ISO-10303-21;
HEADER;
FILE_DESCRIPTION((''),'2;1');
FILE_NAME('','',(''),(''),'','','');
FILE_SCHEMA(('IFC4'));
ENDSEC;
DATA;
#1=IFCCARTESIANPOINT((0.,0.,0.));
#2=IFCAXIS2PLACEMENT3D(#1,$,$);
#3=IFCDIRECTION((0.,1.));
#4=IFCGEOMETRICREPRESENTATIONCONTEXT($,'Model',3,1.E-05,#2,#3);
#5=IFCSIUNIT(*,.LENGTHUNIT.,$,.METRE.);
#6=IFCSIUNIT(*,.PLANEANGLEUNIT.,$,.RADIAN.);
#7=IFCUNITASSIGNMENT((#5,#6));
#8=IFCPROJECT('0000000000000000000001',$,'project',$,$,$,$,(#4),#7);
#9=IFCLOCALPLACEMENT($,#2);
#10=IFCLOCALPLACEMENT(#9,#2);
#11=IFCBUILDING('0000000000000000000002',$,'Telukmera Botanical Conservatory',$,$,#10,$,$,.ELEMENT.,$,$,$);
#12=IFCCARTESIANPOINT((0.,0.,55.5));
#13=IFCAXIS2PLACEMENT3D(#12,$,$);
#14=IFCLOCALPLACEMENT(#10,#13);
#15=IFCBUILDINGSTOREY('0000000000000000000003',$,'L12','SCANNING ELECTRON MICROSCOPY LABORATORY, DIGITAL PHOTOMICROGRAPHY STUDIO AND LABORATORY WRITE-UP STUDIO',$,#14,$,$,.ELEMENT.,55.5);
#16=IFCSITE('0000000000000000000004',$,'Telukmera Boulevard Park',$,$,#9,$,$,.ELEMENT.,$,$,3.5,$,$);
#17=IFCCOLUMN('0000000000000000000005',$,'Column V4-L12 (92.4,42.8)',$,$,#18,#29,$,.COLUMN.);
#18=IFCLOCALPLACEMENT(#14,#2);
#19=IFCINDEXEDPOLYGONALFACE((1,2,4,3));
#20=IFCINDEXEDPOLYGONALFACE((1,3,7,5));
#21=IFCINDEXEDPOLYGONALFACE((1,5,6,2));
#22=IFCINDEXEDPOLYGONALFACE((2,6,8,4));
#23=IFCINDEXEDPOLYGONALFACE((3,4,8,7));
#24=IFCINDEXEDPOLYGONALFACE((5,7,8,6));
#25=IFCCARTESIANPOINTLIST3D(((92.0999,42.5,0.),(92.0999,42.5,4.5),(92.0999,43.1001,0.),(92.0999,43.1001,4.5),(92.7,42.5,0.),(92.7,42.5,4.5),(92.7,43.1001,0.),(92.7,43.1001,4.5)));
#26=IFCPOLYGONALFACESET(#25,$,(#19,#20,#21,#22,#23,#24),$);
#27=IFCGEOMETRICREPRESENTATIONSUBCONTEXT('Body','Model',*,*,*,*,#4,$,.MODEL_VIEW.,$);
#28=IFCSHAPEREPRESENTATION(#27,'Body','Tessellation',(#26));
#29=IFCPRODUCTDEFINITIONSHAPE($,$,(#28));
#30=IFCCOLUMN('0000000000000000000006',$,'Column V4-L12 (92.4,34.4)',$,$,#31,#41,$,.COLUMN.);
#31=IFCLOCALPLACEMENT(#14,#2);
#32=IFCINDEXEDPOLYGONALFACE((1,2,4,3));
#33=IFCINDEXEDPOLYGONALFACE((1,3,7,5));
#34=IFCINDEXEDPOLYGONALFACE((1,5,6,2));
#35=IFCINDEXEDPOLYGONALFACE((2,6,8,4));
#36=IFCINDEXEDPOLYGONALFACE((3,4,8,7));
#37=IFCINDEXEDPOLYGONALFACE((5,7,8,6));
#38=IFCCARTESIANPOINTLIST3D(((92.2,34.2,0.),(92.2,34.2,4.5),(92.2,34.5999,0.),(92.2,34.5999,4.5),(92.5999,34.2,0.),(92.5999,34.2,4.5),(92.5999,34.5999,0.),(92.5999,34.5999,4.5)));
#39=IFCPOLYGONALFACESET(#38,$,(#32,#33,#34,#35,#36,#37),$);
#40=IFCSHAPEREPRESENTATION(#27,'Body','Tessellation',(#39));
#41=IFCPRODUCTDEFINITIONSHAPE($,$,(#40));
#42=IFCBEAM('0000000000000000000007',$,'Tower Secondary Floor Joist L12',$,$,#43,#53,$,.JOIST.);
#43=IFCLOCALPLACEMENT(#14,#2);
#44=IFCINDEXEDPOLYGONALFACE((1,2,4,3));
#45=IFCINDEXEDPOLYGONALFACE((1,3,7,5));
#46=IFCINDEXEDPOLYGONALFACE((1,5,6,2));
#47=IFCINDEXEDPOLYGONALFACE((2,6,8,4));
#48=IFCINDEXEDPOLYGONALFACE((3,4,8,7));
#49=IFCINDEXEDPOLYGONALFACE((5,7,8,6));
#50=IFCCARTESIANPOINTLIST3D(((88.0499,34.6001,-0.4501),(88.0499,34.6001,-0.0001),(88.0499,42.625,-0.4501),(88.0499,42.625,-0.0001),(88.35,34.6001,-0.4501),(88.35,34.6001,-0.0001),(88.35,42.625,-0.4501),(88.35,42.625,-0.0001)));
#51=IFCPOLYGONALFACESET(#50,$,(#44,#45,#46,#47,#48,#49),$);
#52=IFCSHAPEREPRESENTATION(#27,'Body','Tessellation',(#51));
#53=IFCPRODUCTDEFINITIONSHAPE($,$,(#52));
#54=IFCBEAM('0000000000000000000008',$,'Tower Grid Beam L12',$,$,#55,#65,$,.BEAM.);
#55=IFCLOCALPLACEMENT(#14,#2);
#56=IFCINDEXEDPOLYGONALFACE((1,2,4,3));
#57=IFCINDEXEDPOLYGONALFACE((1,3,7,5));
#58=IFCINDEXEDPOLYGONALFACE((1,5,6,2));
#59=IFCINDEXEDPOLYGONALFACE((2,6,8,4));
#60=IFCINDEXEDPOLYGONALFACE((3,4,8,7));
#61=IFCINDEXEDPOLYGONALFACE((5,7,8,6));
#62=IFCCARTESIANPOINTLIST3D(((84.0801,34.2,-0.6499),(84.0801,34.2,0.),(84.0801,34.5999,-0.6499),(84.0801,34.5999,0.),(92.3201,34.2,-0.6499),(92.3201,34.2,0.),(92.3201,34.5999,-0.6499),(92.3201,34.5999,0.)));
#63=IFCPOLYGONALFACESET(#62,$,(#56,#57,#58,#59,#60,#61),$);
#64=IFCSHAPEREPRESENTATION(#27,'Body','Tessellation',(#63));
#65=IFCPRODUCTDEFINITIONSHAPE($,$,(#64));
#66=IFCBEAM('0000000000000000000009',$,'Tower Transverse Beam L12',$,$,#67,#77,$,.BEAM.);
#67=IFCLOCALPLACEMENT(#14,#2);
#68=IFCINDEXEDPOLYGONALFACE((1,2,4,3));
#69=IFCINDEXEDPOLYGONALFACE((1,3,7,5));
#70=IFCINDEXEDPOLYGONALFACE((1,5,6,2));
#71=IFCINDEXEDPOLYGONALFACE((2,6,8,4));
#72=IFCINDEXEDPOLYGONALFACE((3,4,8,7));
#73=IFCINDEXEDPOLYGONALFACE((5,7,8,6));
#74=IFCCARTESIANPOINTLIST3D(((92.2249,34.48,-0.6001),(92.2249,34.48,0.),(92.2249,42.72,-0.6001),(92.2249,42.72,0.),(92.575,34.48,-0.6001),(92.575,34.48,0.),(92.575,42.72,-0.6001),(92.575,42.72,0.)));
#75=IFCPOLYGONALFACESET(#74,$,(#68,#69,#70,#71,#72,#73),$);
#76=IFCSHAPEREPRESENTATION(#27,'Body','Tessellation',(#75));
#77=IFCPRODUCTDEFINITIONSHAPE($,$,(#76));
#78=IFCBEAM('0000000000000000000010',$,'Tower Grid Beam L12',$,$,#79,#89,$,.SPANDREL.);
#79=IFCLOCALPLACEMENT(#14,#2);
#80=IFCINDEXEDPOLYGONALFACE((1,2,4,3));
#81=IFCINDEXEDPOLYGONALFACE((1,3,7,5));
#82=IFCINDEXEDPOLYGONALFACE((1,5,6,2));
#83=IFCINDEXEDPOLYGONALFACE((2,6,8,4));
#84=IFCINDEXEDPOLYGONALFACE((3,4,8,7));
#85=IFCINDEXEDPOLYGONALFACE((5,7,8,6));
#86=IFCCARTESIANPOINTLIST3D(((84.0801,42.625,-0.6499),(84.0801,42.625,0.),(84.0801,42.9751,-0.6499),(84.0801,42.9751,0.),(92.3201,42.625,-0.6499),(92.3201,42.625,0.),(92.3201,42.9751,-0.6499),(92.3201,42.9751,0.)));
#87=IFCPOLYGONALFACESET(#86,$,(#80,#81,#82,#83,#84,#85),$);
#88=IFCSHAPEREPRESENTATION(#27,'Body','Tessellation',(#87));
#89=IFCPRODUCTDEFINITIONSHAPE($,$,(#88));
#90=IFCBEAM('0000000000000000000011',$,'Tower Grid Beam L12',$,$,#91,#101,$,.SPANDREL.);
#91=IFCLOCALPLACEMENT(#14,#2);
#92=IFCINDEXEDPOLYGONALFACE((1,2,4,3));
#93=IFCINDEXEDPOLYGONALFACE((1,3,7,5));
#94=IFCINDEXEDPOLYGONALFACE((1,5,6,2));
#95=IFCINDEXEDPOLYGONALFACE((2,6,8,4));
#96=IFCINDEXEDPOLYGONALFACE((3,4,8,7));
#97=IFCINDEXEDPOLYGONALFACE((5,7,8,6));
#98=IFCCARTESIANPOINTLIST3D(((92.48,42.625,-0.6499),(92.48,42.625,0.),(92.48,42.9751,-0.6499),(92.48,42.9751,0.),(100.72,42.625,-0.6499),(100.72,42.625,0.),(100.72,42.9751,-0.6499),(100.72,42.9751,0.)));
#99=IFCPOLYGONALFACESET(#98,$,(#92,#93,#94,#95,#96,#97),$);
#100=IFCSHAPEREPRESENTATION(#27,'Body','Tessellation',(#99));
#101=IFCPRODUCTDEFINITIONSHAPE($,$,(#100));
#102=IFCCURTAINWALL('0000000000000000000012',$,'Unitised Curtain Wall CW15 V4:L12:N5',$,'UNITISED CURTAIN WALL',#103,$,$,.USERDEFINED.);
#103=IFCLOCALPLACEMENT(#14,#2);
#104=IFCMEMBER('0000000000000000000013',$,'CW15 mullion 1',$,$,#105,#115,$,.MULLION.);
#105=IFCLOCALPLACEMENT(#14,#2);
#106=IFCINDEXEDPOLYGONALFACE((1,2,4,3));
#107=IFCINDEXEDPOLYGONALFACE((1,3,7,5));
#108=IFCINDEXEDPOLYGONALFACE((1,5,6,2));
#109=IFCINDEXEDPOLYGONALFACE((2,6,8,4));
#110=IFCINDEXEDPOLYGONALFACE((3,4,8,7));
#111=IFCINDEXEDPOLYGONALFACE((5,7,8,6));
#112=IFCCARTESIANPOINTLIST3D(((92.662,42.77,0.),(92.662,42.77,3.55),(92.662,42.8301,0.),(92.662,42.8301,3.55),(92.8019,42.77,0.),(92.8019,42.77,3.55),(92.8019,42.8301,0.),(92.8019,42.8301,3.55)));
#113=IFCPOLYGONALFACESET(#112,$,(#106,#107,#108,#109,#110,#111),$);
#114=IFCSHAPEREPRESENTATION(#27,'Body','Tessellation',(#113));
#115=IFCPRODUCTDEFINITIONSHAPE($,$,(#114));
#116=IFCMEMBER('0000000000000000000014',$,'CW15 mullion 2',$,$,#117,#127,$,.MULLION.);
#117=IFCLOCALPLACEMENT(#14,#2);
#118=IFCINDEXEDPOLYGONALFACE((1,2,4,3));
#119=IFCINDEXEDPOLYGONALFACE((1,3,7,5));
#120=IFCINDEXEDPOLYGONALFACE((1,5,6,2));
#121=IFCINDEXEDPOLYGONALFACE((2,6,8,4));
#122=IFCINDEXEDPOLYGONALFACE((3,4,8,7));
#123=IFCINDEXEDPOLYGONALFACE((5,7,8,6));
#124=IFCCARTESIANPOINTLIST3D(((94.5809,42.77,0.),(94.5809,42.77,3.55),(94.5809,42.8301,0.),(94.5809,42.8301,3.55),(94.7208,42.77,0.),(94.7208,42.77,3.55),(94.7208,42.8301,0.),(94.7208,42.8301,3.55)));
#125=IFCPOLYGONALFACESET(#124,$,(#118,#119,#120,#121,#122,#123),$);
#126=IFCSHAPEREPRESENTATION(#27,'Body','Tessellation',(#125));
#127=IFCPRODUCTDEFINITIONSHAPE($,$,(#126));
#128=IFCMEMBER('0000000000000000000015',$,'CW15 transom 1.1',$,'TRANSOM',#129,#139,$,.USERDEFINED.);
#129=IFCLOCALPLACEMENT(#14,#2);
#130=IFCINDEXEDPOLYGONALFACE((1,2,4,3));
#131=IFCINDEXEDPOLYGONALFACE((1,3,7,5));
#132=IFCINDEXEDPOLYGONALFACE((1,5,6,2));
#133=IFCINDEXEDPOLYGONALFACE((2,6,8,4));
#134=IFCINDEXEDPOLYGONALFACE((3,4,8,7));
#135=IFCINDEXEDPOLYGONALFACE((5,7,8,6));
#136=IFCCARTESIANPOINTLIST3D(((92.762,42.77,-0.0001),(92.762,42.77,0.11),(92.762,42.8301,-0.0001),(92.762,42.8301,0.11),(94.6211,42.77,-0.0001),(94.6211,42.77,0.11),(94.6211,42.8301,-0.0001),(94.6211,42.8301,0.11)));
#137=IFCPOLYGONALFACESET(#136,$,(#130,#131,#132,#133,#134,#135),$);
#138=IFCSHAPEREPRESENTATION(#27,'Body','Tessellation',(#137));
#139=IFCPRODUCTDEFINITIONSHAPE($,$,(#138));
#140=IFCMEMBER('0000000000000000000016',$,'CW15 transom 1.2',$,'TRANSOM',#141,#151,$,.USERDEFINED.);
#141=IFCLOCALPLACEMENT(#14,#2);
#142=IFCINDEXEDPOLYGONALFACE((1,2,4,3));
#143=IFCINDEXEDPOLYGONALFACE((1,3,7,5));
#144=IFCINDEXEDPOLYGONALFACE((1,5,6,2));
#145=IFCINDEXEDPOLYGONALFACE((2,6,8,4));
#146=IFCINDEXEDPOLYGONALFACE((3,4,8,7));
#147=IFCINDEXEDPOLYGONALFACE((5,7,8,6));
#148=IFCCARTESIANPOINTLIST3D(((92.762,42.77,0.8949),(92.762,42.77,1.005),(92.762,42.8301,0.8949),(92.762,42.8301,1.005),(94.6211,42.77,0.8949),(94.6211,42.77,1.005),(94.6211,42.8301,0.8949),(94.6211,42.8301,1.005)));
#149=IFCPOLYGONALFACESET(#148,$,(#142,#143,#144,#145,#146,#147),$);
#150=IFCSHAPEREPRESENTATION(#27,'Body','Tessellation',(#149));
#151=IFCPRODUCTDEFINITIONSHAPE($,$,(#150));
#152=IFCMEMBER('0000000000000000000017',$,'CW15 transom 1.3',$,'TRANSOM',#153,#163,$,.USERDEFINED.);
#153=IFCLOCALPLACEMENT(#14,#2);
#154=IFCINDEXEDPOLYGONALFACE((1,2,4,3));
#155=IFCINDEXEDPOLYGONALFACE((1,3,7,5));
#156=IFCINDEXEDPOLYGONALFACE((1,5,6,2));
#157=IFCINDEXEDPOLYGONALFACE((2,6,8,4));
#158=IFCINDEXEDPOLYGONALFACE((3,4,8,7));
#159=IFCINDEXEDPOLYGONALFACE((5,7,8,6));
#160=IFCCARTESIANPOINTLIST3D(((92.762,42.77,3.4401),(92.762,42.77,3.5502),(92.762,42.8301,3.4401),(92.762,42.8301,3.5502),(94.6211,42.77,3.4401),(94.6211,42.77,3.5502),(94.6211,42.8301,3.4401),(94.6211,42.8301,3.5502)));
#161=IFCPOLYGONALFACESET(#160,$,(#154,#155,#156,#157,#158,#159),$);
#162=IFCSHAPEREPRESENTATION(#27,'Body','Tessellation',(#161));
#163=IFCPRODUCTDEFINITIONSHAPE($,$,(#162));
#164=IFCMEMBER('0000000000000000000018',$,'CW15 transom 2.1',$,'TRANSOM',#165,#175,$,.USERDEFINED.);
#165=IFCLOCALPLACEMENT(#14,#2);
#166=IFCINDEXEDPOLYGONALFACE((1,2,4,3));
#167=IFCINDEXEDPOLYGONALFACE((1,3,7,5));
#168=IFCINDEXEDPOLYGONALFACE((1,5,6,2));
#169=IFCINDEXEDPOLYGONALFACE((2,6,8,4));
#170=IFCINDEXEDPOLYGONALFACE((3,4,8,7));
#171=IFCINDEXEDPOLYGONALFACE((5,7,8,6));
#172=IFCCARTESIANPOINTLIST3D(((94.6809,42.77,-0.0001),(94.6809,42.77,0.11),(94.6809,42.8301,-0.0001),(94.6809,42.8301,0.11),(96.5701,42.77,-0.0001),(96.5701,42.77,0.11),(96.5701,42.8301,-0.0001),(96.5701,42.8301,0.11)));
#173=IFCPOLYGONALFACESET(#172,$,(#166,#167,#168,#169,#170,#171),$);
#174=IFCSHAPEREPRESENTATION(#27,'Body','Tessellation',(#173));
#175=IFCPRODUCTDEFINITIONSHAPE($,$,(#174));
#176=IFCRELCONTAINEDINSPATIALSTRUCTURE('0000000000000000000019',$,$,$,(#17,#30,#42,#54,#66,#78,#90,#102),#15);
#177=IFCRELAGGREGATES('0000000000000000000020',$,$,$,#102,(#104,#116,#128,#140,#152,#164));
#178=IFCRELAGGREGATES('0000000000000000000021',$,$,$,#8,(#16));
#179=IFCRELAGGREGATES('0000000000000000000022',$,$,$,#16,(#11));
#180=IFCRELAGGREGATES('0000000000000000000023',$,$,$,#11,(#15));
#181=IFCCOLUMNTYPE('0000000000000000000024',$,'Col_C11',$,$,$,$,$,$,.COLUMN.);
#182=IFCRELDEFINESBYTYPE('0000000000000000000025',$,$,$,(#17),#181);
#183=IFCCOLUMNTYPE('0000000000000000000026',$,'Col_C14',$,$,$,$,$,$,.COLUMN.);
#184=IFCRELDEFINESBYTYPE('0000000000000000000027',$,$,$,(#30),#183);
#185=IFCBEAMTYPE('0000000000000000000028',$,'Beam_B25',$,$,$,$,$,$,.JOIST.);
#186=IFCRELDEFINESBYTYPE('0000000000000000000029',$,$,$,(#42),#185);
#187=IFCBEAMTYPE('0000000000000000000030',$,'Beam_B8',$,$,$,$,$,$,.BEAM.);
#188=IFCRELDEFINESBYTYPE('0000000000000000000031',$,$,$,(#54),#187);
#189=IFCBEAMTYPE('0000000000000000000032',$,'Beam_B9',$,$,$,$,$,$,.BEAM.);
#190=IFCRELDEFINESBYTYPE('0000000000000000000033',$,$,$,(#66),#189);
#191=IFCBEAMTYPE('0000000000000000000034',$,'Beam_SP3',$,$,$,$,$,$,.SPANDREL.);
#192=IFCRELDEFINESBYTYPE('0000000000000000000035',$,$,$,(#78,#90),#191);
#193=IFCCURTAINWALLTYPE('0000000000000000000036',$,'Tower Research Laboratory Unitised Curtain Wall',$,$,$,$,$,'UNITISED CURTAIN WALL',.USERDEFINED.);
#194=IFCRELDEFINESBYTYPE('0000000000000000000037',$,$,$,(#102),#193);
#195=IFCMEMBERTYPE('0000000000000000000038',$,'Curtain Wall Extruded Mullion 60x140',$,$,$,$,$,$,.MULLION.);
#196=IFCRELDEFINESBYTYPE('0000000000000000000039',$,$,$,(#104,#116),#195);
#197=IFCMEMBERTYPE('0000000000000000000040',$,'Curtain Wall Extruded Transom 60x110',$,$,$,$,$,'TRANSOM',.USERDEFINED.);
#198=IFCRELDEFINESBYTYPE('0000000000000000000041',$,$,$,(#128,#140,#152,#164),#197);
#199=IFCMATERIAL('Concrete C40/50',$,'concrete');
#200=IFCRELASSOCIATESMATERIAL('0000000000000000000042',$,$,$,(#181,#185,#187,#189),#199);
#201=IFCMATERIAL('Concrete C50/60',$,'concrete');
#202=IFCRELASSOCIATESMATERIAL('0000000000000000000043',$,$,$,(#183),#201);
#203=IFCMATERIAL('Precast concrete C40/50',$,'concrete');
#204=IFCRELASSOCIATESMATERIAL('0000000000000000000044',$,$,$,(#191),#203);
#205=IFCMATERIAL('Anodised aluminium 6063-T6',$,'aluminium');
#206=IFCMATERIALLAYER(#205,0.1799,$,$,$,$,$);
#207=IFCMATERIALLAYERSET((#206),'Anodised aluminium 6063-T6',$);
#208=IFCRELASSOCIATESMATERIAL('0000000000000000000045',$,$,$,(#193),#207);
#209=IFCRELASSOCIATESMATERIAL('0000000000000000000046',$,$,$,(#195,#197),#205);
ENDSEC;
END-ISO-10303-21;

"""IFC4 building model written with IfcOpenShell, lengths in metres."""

from ifc_helpers import new_model, si_unit, direction, frame, origin, origin_2d, place, context, subcontext, project, spatial, rectangle, extrude, material, layer, layer_set, material_profile, profile_set, type_object, element, aggregate, save


model = new_model("IFC4")

# Units and contexts
model_context = context("Model", 3, precision=1e-05, world=origin(), true_north=direction((0.0, 1.0)))
body_context = subcontext(model_context, "Body", "Model", "MODEL_VIEW")
ifc_project = project(units=[si_unit("LENGTHUNIT", "METRE"), si_unit("PLANEANGLEUNIT", "RADIAN")], contexts=[model_context])

# Site, building, storey
site_placement = place(None, origin())
site = spatial("IfcSite", under=ifc_project, at=site_placement, Name="Telukmera Boulevard Park", CompositionType="ELEMENT", RefElevation=3.5)
building_placement = place(site_placement, origin())
building = spatial("IfcBuilding", under=site, at=building_placement, Name="Telukmera Botanical Conservatory", CompositionType="ELEMENT")
storey_placement = place(building_placement, frame((0.0, 0.0, 55.5)))
storey = spatial("IfcBuildingStorey", under=building, at=storey_placement, Name="L12", Description="SCANNING ELECTRON MICROSCOPY LABORATORY, DIGITAL PHOTOMICROGRAPHY STUDIO AND LABORATORY WRITE-UP STUDIO", CompositionType="ELEMENT", Elevation=55.5)

# Columns
ifc_material_1 = material(Name="Concrete C40/50", Category="concrete")
ifc_material_profile_1 = material_profile(ifc_material_1, rectangle(XDim=0.6001, YDim=0.6001, at=origin_2d()), Name="RC 600x600")
ifc_profile_set_1 = profile_set([ifc_material_profile_1], Name="Concrete C40/50")
column_type_1 = type_object("IfcColumnType", Name="Col_C11", PredefinedType="COLUMN", material=ifc_profile_set_1)
column_1_placement = place(storey_placement, frame((92.3999, 42.8, 0.0), z_axis=(0.0, 0.0, 1.0), x_axis=(1.0, 0.0, 0.0)))
element("IfcColumn", 1, at=column_1_placement, inside=storey, type_object=column_type_1, Name="Column V4-L12 (92.4,42.8)", PredefinedType="COLUMN", context=body_context, shape_type="SweptSolid", body=[
    extrude(rectangle(XDim=0.6001, YDim=0.6001, at=origin_2d()), origin(), (0.0, 0.0, 1.0), 4.5),
])
ifc_material_2 = material(Name="Concrete C50/60", Category="concrete")
ifc_material_profile_2 = material_profile(ifc_material_2, rectangle(XDim=0.3999, YDim=0.3999, at=origin_2d()), Name="RC 400x400")
ifc_profile_set_2 = profile_set([ifc_material_profile_2], Name="Concrete C50/60")
column_type_2 = type_object("IfcColumnType", Name="Col_C14", PredefinedType="COLUMN", material=ifc_profile_set_2)
column_2_placement = place(storey_placement, frame((92.3999, 34.3999, 0.0), z_axis=(0.0, 0.0, 1.0), x_axis=(1.0, 0.0, 0.0)))
element("IfcColumn", 2, at=column_2_placement, inside=storey, type_object=column_type_2, Name="Column V4-L12 (92.4,34.4)", PredefinedType="COLUMN", context=body_context, shape_type="SweptSolid", body=[
    extrude(rectangle(XDim=0.3999, YDim=0.3999, at=origin_2d()), origin(), (0.0, 0.0, 1.0), 4.5),
])

# Beams
ifc_material_profile_3 = material_profile(ifc_material_1, rectangle(XDim=0.3, YDim=0.45, at=origin_2d()), Name="RC 300x450")
ifc_profile_set_3 = profile_set([ifc_material_profile_3], Name="Concrete C40/50")
beam_type_1 = type_object("IfcBeamType", Name="Beam_B25", PredefinedType="JOIST", material=ifc_profile_set_3)
beam_1_placement = place(storey_placement, frame((88.2, 34.6001, -0.2251), z_axis=(0.0, 1.0, 0.0), x_axis=(-1.0, 0.0, 0.0)))
element("IfcBeam", 3, at=beam_1_placement, inside=storey, type_object=beam_type_1, Name="Tower Secondary Floor Joist L12", PredefinedType="JOIST", context=body_context, shape_type="SweptSolid", body=[
    extrude(rectangle(XDim=0.3, YDim=0.45, at=origin_2d()), origin(), (0.0, 0.0, 1.0), 8.0249),
])
ifc_material_profile_4 = material_profile(ifc_material_1, rectangle(XDim=0.3999, YDim=0.6499, at=origin_2d()), Name="RC 400x650")
ifc_profile_set_4 = profile_set([ifc_material_profile_4], Name="Concrete C40/50")
beam_type_2 = type_object("IfcBeamType", Name="Beam_B8", PredefinedType="BEAM", material=ifc_profile_set_4)
beam_2_placement = place(storey_placement, frame((84.0801, 34.3999, -0.325), z_axis=(1.0, 0.0, 0.0), x_axis=(0.0, 1.0, 0.0)))
element("IfcBeam", 4, at=beam_2_placement, inside=storey, type_object=beam_type_2, Name="Tower Grid Beam L12", PredefinedType="BEAM", context=body_context, shape_type="SweptSolid", body=[
    extrude(rectangle(XDim=0.3999, YDim=0.6499, at=origin_2d()), origin(), (0.0, 0.0, 1.0), 8.24),
])
ifc_material_profile_5 = material_profile(ifc_material_1, rectangle(XDim=0.3501, YDim=0.6001, at=origin_2d()), Name="RC 350x600")
ifc_profile_set_5 = profile_set([ifc_material_profile_5], Name="Concrete C40/50")
beam_type_3 = type_object("IfcBeamType", Name="Beam_B9", PredefinedType="BEAM", material=ifc_profile_set_5)
beam_3_placement = place(storey_placement, frame((92.3999, 34.48, -0.3), z_axis=(0.0, 1.0, 0.0), x_axis=(-1.0, 0.0, 0.0)))
element("IfcBeam", 5, at=beam_3_placement, inside=storey, type_object=beam_type_3, Name="Tower Transverse Beam L12", PredefinedType="BEAM", context=body_context, shape_type="SweptSolid", body=[
    extrude(rectangle(XDim=0.3501, YDim=0.6001, at=origin_2d()), origin(), (0.0, 0.0, 1.0), 8.24),
])
ifc_material_3 = material(Name="Precast concrete C40/50", Category="concrete")
ifc_material_profile_6 = material_profile(ifc_material_3, rectangle(XDim=0.3501, YDim=0.6499, at=origin_2d()), Name="PC 350x650")
ifc_profile_set_6 = profile_set([ifc_material_profile_6], Name="Precast concrete C40/50")
beam_type_4 = type_object("IfcBeamType", Name="Beam_SP3", PredefinedType="SPANDREL", material=ifc_profile_set_6)
for number, where, z_axis, x_axis, name in (
    (6, (84.0801, 42.8, -0.325), (1.0, 0.0, 0.0), (0.0, 1.0, 0.0), "Tower Grid Beam L12"),
    (7, (92.48, 42.8, -0.325), (1.0, 0.0, 0.0), (0.0, 1.0, 0.0), "Tower Grid Beam L12"),
):
    element("IfcBeam", number, at=place(storey_placement, frame(where, z_axis=z_axis, x_axis=x_axis)), inside=storey, type_object=beam_type_4, Name=name, PredefinedType="SPANDREL", context=body_context, shape_type="SweptSolid", body=[
        extrude(rectangle(XDim=0.3501, YDim=0.6499, at=origin_2d()), origin(), (0.0, 0.0, 1.0), 8.24),
    ])

# Curtain wall, members
ifc_material_4 = material(Name="Anodised aluminium 6063-T6", Category="aluminium")
ifc_layer_1 = layer(ifc_material_4, 0.1799)
ifc_layer_set_1 = layer_set([ifc_layer_1], Name="Anodised aluminium 6063-T6")
curtain_wall_type = type_object("IfcCurtainWallType", Name="Tower Research Laboratory Unitised Curtain Wall", ElementType="UNITISED CURTAIN WALL", PredefinedType="USERDEFINED", material=ifc_layer_set_1)
curtain_wall_placement = place(storey_placement, origin())
curtain_wall = element("IfcCurtainWall", 8, at=curtain_wall_placement, inside=storey, type_object=curtain_wall_type, Name="Unitised Curtain Wall CW15 V4:L12:N5", ObjectType="UNITISED CURTAIN WALL", PredefinedType="USERDEFINED")
ifc_material_profile_7 = material_profile(ifc_material_4, rectangle(XDim=0.0601, YDim=0.1399, at=origin_2d()), Name="ALU MULL 60x140")
ifc_profile_set_7 = profile_set([ifc_material_profile_7], Name="Anodised aluminium 6063-T6")
member_type_1 = type_object("IfcMemberType", Name="Curtain Wall Extruded Mullion 60x140", PredefinedType="MULLION", material=ifc_profile_set_7)
member_1_placement = place(storey_placement, frame((92.7319, 42.8, 0.0), z_axis=(0.0, 0.0, 1.0), x_axis=(0.0, 1.0, 0.0)))
member_1 = element("IfcMember", 9, at=member_1_placement, type_object=member_type_1, Name="CW15 mullion 1", PredefinedType="MULLION", context=body_context, shape_type="SweptSolid", body=[
    extrude(rectangle(XDim=0.0601, YDim=0.1399, at=origin_2d()), origin(), (0.0, 0.0, 1.0), 3.55),
])
member_2_placement = place(storey_placement, frame((94.6509, 42.8, 0.0), z_axis=(0.0, 0.0, 1.0), x_axis=(0.0, 1.0, 0.0)))
member_2 = element("IfcMember", 10, at=member_2_placement, type_object=member_type_1, Name="CW15 mullion 2", PredefinedType="MULLION", context=body_context, shape_type="SweptSolid", body=[
    extrude(rectangle(XDim=0.0601, YDim=0.1399, at=origin_2d()), origin(), (0.0, 0.0, 1.0), 3.55),
])
ifc_material_profile_8 = material_profile(ifc_material_4, rectangle(XDim=0.0601, YDim=0.1101, at=origin_2d()), Name="ALU TRAN 60x110")
ifc_profile_set_8 = profile_set([ifc_material_profile_8], Name="Anodised aluminium 6063-T6")
member_type_2 = type_object("IfcMemberType", Name="Curtain Wall Extruded Transom 60x110", ElementType="TRANSOM", PredefinedType="USERDEFINED", material=ifc_profile_set_8)
member_3_placement = place(storey_placement, frame((92.762, 42.8, 0.0549), z_axis=(1.0, 0.0, 0.0), x_axis=(0.0, 1.0, 0.0)))
member_3 = element("IfcMember", 11, at=member_3_placement, type_object=member_type_2, Name="CW15 transom 1.1", ObjectType="TRANSOM", PredefinedType="USERDEFINED", context=body_context, shape_type="SweptSolid", body=[
    extrude(rectangle(XDim=0.0601, YDim=0.1101, at=origin_2d()), origin(), (0.0, 0.0, 1.0), 1.8591),
])
member_4_placement = place(storey_placement, frame((92.762, 42.8, 0.95), z_axis=(1.0, 0.0, 0.0), x_axis=(0.0, 1.0, 0.0)))
member_4 = element("IfcMember", 12, at=member_4_placement, type_object=member_type_2, Name="CW15 transom 1.2", ObjectType="TRANSOM", PredefinedType="USERDEFINED", context=body_context, shape_type="SweptSolid", body=[
    extrude(rectangle(XDim=0.0601, YDim=0.1101, at=origin_2d()), origin(), (0.0, 0.0, 1.0), 1.8591),
])
member_5_placement = place(storey_placement, frame((92.762, 42.8, 3.4951), z_axis=(1.0, 0.0, 0.0), x_axis=(0.0, 1.0, 0.0)))
member_5 = element("IfcMember", 13, at=member_5_placement, type_object=member_type_2, Name="CW15 transom 1.3", ObjectType="TRANSOM", PredefinedType="USERDEFINED", context=body_context, shape_type="SweptSolid", body=[
    extrude(rectangle(XDim=0.0601, YDim=0.1101, at=origin_2d()), origin(), (0.0, 0.0, 1.0), 1.8591),
])
member_6_placement = place(storey_placement, frame((94.6809, 42.8, 0.0549), z_axis=(1.0, 0.0, 0.0), x_axis=(0.0, 1.0, 0.0)))
member_6 = element("IfcMember", 14, at=member_6_placement, type_object=member_type_2, Name="CW15 transom 2.1", ObjectType="TRANSOM", PredefinedType="USERDEFINED", context=body_context, shape_type="SweptSolid", body=[
    extrude(rectangle(XDim=0.0601, YDim=0.1101, at=origin_2d()), origin(), (0.0, 0.0, 1.0), 1.8892),
])
aggregate(curtain_wall, [member_1, member_2, member_3, member_4, member_5, member_6])

save(model, "model.ifc")
